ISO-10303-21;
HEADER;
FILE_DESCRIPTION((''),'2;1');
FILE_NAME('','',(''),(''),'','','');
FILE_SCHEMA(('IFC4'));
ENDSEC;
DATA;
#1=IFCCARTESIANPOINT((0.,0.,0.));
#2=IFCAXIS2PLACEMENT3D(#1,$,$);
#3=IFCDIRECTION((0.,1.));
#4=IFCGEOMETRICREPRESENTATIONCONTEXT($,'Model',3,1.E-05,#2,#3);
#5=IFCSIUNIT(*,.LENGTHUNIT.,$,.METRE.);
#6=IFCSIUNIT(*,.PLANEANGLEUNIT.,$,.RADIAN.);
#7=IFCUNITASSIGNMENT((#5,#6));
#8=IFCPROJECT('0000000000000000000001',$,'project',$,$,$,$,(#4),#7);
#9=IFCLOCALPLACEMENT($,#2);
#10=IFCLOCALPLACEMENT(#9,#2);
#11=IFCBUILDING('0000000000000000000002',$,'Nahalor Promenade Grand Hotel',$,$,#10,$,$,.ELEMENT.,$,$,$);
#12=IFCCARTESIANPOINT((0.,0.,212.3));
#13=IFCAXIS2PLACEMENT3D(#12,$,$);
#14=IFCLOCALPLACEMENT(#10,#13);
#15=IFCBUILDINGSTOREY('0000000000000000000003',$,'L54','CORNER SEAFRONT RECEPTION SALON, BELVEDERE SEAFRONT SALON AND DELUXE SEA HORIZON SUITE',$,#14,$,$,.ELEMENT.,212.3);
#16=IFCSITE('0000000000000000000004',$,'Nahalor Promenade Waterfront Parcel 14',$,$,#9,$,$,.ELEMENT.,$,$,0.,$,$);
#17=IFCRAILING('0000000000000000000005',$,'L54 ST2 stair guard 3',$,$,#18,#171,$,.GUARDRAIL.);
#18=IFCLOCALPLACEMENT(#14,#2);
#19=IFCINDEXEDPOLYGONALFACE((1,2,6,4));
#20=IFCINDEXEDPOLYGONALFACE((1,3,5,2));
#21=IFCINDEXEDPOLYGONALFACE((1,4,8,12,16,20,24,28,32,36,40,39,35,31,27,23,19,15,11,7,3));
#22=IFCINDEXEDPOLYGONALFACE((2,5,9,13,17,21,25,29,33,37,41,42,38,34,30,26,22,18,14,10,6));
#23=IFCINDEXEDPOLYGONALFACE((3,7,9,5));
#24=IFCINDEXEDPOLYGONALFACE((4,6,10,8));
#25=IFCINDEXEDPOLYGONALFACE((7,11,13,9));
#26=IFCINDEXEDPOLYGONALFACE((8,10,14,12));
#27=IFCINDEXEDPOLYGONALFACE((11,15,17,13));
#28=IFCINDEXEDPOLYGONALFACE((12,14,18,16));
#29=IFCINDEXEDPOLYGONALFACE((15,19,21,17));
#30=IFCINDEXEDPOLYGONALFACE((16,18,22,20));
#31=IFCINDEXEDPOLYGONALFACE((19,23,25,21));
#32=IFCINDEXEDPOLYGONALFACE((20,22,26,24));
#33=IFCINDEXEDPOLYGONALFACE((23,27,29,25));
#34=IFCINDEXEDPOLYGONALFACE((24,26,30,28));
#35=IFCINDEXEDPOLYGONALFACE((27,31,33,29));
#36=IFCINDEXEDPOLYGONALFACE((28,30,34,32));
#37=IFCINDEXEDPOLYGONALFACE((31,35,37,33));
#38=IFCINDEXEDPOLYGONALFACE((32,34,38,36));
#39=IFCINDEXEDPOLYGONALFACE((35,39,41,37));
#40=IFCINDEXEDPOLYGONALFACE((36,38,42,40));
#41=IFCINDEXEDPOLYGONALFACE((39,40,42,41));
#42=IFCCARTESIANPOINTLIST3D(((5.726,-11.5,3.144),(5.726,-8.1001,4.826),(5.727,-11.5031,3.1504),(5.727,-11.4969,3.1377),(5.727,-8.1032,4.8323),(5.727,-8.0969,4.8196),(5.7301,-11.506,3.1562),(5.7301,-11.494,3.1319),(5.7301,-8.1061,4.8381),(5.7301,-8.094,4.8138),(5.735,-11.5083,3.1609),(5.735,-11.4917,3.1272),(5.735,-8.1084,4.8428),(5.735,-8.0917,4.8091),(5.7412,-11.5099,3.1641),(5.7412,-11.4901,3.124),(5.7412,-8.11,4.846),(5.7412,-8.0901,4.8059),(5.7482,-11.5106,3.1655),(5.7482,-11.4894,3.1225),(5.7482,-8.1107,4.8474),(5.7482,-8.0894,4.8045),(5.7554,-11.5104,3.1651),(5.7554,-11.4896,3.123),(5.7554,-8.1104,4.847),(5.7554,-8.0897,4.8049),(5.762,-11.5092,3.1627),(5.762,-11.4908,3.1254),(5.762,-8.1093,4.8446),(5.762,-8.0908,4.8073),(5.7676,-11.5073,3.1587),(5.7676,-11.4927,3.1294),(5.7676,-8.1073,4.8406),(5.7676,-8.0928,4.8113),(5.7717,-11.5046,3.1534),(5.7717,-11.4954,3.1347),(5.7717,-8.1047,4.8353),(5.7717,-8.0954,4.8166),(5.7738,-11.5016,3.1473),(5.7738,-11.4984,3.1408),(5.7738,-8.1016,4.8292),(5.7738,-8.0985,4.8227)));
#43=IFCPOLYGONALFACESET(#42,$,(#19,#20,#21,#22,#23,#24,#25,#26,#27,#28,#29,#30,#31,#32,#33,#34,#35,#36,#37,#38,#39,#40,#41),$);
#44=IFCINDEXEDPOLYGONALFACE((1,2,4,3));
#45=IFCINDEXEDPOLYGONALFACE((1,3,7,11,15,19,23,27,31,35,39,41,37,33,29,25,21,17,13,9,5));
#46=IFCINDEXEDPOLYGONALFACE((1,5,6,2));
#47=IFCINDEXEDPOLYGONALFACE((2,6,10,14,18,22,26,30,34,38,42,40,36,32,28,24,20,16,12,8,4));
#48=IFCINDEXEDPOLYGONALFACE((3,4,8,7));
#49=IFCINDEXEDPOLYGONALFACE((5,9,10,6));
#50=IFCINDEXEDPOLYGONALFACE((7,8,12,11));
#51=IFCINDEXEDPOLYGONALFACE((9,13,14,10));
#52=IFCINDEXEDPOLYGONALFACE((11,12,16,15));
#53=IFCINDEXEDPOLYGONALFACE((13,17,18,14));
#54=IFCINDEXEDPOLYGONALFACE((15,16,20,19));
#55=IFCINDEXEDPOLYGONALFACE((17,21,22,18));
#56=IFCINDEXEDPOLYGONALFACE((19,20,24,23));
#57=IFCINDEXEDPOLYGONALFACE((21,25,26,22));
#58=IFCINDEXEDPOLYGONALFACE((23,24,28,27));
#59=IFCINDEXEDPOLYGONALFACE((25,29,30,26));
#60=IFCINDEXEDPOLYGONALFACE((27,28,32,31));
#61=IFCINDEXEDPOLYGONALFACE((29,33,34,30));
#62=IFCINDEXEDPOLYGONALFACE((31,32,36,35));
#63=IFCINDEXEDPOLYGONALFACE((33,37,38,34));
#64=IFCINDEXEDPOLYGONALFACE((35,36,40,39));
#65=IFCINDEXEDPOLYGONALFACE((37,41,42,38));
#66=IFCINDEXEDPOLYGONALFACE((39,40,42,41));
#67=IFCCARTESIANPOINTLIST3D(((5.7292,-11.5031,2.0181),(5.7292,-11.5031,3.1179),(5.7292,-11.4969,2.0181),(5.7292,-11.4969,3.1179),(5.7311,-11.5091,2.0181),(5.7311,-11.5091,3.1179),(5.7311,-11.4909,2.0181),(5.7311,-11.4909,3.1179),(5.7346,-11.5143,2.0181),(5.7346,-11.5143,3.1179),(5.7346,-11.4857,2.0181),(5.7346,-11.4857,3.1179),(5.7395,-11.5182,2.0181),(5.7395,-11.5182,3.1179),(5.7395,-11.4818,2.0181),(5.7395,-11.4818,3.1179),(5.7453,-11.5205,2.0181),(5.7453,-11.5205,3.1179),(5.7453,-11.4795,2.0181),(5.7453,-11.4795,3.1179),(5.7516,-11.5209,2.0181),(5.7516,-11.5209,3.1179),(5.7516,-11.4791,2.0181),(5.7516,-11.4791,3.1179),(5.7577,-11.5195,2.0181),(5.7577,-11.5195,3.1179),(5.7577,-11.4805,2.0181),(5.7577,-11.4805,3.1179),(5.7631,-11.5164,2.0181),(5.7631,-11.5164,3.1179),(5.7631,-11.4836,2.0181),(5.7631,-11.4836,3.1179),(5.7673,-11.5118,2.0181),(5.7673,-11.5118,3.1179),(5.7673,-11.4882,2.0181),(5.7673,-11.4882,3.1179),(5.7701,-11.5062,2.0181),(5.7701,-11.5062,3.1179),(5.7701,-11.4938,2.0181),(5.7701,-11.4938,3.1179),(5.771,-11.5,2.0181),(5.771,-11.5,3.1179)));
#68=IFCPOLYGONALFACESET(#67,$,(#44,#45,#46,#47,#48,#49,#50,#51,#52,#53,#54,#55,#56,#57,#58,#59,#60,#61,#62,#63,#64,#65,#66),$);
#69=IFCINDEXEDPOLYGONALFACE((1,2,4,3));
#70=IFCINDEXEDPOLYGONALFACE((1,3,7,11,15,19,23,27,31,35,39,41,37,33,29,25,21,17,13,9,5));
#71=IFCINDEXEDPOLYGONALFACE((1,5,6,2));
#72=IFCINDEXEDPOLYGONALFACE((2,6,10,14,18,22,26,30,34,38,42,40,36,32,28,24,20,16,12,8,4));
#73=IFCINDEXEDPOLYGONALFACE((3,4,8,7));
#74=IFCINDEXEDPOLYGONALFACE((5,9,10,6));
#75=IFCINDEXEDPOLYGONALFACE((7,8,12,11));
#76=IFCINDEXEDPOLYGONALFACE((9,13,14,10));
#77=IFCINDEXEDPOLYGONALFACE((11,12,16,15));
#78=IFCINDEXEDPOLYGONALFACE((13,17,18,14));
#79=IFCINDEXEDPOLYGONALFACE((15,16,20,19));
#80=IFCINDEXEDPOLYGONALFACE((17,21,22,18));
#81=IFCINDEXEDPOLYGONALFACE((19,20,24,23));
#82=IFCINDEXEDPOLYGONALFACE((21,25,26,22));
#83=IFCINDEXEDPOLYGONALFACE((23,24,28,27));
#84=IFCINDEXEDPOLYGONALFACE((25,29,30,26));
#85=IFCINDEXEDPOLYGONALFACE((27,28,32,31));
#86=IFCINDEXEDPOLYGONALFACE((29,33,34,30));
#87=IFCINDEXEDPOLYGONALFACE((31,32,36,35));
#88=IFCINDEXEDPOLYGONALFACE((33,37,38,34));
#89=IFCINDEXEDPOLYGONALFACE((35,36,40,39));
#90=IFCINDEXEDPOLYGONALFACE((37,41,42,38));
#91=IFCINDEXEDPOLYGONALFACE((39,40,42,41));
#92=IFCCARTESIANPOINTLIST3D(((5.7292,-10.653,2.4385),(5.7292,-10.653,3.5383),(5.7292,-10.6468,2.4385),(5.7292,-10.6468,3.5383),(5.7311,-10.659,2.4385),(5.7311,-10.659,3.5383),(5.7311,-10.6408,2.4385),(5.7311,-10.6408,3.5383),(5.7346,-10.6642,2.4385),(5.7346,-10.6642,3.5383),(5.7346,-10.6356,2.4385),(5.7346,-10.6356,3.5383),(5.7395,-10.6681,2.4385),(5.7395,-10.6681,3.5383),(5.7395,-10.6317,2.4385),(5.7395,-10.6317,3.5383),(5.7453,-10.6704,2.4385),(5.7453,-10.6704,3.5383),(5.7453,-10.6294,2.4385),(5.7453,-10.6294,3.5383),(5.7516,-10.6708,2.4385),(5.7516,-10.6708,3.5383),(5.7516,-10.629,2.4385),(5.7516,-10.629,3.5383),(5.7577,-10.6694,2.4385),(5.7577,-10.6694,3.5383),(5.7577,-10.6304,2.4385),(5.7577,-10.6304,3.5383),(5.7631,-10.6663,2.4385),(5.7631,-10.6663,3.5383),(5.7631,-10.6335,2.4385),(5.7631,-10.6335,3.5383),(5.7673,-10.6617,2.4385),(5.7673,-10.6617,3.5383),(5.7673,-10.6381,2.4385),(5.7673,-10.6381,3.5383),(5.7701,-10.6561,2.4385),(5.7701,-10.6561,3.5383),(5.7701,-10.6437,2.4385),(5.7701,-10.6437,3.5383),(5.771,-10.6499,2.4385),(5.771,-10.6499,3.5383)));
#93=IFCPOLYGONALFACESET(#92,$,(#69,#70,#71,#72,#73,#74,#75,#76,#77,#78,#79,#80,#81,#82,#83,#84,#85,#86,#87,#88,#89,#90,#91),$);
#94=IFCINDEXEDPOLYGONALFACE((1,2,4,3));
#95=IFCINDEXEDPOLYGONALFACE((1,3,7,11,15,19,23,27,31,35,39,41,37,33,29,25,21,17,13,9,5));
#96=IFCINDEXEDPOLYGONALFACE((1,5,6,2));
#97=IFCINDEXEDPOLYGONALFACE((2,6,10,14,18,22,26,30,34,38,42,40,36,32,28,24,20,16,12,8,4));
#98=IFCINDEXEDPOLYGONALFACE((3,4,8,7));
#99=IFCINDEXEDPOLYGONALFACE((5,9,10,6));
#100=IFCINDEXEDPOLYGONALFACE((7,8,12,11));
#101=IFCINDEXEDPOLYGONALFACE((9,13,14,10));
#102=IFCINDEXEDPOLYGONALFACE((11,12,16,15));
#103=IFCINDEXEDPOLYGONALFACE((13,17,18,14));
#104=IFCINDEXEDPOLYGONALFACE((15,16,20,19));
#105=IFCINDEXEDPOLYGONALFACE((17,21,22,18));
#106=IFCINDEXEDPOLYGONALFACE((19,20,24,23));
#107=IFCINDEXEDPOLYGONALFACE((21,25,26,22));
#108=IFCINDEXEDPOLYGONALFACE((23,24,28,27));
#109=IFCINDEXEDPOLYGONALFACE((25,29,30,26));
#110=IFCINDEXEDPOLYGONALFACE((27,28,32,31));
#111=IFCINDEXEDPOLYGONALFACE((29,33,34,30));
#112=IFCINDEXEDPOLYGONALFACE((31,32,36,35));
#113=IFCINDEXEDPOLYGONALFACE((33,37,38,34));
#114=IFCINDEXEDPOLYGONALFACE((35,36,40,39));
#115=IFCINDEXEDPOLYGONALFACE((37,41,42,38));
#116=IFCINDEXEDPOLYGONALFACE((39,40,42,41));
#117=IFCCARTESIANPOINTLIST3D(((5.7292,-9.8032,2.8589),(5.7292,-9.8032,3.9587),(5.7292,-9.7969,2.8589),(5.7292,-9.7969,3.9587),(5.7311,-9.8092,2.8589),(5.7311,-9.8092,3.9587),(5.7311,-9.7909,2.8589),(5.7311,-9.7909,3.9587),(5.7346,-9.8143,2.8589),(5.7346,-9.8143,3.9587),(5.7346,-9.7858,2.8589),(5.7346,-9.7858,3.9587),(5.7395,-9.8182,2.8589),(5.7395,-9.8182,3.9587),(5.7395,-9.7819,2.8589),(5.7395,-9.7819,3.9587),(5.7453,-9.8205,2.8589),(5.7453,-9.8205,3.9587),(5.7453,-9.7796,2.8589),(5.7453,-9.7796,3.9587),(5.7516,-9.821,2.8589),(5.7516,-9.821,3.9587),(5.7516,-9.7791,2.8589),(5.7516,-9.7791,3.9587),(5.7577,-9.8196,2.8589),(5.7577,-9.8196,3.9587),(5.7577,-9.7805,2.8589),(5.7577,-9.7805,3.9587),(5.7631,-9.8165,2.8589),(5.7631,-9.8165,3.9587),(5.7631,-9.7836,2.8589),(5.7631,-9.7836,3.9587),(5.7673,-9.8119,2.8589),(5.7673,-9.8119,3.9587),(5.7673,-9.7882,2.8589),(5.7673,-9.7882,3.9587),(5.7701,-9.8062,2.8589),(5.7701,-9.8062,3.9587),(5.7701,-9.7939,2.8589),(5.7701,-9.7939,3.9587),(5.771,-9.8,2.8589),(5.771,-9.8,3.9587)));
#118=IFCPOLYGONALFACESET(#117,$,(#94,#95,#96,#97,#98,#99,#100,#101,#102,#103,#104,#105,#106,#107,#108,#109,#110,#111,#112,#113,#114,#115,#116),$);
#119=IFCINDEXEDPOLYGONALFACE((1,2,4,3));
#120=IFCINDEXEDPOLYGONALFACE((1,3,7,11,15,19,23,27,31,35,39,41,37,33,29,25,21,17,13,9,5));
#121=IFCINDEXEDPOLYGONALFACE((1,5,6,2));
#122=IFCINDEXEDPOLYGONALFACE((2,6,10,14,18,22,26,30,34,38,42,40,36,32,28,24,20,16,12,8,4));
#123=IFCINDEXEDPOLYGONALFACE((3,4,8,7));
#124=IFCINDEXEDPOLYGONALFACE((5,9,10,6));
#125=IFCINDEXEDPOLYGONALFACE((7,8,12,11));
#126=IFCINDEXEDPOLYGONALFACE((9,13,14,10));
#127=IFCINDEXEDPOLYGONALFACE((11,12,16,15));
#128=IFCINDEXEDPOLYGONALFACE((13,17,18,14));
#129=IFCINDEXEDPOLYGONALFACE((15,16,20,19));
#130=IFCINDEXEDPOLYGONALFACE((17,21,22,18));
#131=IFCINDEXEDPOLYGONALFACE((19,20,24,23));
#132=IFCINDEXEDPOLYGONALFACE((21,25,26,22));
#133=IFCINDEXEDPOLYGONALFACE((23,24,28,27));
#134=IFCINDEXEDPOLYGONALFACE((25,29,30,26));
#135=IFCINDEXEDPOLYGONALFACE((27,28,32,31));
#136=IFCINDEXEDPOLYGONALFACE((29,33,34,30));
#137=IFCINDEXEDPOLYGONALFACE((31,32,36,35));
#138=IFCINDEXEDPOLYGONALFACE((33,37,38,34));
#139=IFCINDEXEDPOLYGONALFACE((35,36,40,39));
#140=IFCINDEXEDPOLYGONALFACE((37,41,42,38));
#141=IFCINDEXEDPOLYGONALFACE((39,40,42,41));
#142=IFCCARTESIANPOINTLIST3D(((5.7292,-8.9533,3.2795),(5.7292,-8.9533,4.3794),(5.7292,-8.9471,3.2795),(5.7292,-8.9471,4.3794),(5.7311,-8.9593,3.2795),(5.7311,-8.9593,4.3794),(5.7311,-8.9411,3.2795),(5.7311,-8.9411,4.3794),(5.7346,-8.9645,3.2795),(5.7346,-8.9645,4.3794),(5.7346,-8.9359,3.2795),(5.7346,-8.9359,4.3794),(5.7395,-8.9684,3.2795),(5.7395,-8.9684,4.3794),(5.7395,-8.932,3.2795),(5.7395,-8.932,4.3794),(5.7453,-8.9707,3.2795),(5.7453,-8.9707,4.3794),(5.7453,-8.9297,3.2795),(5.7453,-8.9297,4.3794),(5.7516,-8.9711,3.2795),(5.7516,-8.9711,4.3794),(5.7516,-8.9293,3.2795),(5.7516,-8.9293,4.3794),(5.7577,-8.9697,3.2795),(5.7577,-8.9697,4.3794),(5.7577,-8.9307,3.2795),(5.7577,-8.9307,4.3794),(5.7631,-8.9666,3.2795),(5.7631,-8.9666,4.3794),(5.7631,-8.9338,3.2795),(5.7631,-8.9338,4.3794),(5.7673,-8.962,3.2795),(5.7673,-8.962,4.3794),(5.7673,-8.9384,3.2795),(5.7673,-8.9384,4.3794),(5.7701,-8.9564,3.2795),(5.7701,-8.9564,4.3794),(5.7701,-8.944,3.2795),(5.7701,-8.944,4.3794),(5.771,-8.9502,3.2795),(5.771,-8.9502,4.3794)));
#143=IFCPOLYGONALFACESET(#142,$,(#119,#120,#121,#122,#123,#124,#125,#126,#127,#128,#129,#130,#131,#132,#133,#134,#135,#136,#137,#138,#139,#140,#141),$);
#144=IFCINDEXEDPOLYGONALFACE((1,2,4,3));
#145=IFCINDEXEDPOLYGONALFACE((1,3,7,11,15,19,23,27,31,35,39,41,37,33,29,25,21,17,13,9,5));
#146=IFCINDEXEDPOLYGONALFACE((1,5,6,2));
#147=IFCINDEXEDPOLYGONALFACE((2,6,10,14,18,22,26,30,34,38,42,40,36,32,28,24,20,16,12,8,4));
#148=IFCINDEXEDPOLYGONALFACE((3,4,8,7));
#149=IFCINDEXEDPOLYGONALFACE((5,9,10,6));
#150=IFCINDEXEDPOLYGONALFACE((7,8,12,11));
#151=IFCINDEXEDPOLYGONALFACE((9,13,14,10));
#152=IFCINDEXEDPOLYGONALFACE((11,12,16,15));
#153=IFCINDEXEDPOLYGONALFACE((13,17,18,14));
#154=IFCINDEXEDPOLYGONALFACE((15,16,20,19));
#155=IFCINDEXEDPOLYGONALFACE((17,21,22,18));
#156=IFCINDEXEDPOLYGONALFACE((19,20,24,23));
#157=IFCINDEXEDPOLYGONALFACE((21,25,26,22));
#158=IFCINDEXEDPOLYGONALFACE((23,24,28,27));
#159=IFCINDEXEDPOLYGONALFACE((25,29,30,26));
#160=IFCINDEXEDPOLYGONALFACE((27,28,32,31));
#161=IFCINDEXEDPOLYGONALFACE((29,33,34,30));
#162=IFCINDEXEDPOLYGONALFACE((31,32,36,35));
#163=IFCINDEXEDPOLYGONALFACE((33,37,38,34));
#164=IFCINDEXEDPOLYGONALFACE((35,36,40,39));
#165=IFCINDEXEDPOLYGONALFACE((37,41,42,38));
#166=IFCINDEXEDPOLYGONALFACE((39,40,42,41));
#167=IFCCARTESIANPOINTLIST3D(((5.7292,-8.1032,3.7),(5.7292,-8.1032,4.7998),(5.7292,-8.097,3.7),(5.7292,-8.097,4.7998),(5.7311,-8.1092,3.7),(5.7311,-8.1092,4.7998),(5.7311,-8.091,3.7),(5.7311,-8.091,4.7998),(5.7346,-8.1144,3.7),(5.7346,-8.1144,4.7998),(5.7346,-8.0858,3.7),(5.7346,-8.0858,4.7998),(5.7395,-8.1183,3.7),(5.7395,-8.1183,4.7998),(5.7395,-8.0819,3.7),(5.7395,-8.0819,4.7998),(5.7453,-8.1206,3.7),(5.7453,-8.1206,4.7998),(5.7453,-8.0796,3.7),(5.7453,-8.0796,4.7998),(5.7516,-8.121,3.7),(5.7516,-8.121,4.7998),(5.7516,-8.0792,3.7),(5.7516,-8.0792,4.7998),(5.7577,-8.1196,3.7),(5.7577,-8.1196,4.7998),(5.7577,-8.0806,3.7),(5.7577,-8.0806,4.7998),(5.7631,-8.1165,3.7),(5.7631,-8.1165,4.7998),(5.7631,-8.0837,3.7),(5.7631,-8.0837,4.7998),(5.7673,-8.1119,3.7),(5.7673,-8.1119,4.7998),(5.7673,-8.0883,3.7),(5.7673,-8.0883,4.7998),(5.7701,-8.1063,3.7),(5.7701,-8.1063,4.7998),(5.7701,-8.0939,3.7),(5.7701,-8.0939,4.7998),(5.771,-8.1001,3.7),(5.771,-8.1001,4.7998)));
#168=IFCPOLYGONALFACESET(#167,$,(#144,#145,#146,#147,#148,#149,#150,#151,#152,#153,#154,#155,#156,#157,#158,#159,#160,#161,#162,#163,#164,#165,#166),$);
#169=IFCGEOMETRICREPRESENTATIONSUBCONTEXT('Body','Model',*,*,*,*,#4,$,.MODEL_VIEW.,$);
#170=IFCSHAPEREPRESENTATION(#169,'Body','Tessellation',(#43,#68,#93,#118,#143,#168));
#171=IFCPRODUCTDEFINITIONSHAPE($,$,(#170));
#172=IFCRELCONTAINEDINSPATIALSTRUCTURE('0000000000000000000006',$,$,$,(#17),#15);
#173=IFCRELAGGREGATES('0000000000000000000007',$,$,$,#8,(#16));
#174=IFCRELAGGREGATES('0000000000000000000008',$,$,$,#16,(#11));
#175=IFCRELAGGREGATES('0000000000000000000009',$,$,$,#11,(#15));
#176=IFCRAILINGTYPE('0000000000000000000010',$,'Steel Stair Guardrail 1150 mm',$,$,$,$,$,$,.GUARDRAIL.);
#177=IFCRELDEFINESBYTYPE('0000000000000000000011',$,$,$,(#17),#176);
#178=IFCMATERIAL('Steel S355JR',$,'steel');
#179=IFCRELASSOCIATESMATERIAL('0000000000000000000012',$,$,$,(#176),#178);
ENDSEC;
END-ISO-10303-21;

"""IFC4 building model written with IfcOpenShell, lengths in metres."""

from ifc_helpers import new_model, si_unit, direction, frame, origin, origin_2d, place, context, subcontext, project, spatial, circle, extrude, material, type_object, element, save


model = new_model("IFC4")

# Units and contexts
model_context = context("Model", 3, precision=1e-05, world=origin(), true_north=direction((0.0, 1.0)))
body_context = subcontext(model_context, "Body", "Model", "MODEL_VIEW")
ifc_project = project(units=[si_unit("LENGTHUNIT", "METRE"), si_unit("PLANEANGLEUNIT", "RADIAN")], contexts=[model_context])

# Site, building, storey
site_placement = place(None, origin())
site = spatial("IfcSite", under=ifc_project, at=site_placement, Name="Nahalor Promenade Waterfront Parcel 14", CompositionType="ELEMENT", RefElevation=0.0)
building_placement = place(site_placement, origin())
building = spatial("IfcBuilding", under=site, at=building_placement, Name="Nahalor Promenade Grand Hotel", CompositionType="ELEMENT")
storey_placement = place(building_placement, frame((0.0, 0.0, 212.3)))
storey = spatial("IfcBuildingStorey", under=building, at=storey_placement, Name="L54", Description="CORNER SEAFRONT RECEPTION SALON, BELVEDERE SEAFRONT SALON AND DELUXE SEA HORIZON SUITE", CompositionType="ELEMENT", Elevation=212.3)

# Shared definitions
ifc_material_1 = material(Name="Steel S355JR", Category="steel")

# Railing
railing_type_1 = type_object("IfcRailingType", Name="Steel Stair Guardrail 1150 mm", PredefinedType="GUARDRAIL", material=ifc_material_1)
railing_1_placement = place(storey_placement, frame((5.75, -11.5, 2.0181)))
element("IfcRailing", 1, at=railing_1_placement, inside=storey, type_object=railing_type_1, Name="L54 ST2 stair guard 3", PredefinedType="GUARDRAIL", context=body_context, shape_type="SweptSolid", body=[
    extrude(circle(Radius=0.024, at=origin_2d()), frame((0.0, 0.0, 1.126), z_axis=(0.0, 0.896324, 0.443399), x_axis=(-1.0, 0.0, 0.0)), (0.0, 0.0, 1.0), 3.7932),
    extrude(circle(Radius=0.021, at=origin_2d()), origin(), (0.0, 0.0, 1.0), 1.0999),
    extrude(circle(Radius=0.021, at=origin_2d()), frame((0.0, 0.8501, 0.4204)), (0.0, 0.0, 1.0), 1.0999),
    extrude(circle(Radius=0.021, at=origin_2d()), frame((0.0, 1.7, 0.8408)), (0.0, 0.0, 1.0), 1.0999),
    extrude(circle(Radius=0.021, at=origin_2d()), frame((0.0, 2.5498, 1.2615)), (0.0, 0.0, 1.0), 1.0999),
    extrude(circle(Radius=0.021, at=origin_2d()), frame((0.0, 3.3999, 1.6819)), (0.0, 0.0, 1.0), 1.0999),
])

save(model, "model.ifc")
